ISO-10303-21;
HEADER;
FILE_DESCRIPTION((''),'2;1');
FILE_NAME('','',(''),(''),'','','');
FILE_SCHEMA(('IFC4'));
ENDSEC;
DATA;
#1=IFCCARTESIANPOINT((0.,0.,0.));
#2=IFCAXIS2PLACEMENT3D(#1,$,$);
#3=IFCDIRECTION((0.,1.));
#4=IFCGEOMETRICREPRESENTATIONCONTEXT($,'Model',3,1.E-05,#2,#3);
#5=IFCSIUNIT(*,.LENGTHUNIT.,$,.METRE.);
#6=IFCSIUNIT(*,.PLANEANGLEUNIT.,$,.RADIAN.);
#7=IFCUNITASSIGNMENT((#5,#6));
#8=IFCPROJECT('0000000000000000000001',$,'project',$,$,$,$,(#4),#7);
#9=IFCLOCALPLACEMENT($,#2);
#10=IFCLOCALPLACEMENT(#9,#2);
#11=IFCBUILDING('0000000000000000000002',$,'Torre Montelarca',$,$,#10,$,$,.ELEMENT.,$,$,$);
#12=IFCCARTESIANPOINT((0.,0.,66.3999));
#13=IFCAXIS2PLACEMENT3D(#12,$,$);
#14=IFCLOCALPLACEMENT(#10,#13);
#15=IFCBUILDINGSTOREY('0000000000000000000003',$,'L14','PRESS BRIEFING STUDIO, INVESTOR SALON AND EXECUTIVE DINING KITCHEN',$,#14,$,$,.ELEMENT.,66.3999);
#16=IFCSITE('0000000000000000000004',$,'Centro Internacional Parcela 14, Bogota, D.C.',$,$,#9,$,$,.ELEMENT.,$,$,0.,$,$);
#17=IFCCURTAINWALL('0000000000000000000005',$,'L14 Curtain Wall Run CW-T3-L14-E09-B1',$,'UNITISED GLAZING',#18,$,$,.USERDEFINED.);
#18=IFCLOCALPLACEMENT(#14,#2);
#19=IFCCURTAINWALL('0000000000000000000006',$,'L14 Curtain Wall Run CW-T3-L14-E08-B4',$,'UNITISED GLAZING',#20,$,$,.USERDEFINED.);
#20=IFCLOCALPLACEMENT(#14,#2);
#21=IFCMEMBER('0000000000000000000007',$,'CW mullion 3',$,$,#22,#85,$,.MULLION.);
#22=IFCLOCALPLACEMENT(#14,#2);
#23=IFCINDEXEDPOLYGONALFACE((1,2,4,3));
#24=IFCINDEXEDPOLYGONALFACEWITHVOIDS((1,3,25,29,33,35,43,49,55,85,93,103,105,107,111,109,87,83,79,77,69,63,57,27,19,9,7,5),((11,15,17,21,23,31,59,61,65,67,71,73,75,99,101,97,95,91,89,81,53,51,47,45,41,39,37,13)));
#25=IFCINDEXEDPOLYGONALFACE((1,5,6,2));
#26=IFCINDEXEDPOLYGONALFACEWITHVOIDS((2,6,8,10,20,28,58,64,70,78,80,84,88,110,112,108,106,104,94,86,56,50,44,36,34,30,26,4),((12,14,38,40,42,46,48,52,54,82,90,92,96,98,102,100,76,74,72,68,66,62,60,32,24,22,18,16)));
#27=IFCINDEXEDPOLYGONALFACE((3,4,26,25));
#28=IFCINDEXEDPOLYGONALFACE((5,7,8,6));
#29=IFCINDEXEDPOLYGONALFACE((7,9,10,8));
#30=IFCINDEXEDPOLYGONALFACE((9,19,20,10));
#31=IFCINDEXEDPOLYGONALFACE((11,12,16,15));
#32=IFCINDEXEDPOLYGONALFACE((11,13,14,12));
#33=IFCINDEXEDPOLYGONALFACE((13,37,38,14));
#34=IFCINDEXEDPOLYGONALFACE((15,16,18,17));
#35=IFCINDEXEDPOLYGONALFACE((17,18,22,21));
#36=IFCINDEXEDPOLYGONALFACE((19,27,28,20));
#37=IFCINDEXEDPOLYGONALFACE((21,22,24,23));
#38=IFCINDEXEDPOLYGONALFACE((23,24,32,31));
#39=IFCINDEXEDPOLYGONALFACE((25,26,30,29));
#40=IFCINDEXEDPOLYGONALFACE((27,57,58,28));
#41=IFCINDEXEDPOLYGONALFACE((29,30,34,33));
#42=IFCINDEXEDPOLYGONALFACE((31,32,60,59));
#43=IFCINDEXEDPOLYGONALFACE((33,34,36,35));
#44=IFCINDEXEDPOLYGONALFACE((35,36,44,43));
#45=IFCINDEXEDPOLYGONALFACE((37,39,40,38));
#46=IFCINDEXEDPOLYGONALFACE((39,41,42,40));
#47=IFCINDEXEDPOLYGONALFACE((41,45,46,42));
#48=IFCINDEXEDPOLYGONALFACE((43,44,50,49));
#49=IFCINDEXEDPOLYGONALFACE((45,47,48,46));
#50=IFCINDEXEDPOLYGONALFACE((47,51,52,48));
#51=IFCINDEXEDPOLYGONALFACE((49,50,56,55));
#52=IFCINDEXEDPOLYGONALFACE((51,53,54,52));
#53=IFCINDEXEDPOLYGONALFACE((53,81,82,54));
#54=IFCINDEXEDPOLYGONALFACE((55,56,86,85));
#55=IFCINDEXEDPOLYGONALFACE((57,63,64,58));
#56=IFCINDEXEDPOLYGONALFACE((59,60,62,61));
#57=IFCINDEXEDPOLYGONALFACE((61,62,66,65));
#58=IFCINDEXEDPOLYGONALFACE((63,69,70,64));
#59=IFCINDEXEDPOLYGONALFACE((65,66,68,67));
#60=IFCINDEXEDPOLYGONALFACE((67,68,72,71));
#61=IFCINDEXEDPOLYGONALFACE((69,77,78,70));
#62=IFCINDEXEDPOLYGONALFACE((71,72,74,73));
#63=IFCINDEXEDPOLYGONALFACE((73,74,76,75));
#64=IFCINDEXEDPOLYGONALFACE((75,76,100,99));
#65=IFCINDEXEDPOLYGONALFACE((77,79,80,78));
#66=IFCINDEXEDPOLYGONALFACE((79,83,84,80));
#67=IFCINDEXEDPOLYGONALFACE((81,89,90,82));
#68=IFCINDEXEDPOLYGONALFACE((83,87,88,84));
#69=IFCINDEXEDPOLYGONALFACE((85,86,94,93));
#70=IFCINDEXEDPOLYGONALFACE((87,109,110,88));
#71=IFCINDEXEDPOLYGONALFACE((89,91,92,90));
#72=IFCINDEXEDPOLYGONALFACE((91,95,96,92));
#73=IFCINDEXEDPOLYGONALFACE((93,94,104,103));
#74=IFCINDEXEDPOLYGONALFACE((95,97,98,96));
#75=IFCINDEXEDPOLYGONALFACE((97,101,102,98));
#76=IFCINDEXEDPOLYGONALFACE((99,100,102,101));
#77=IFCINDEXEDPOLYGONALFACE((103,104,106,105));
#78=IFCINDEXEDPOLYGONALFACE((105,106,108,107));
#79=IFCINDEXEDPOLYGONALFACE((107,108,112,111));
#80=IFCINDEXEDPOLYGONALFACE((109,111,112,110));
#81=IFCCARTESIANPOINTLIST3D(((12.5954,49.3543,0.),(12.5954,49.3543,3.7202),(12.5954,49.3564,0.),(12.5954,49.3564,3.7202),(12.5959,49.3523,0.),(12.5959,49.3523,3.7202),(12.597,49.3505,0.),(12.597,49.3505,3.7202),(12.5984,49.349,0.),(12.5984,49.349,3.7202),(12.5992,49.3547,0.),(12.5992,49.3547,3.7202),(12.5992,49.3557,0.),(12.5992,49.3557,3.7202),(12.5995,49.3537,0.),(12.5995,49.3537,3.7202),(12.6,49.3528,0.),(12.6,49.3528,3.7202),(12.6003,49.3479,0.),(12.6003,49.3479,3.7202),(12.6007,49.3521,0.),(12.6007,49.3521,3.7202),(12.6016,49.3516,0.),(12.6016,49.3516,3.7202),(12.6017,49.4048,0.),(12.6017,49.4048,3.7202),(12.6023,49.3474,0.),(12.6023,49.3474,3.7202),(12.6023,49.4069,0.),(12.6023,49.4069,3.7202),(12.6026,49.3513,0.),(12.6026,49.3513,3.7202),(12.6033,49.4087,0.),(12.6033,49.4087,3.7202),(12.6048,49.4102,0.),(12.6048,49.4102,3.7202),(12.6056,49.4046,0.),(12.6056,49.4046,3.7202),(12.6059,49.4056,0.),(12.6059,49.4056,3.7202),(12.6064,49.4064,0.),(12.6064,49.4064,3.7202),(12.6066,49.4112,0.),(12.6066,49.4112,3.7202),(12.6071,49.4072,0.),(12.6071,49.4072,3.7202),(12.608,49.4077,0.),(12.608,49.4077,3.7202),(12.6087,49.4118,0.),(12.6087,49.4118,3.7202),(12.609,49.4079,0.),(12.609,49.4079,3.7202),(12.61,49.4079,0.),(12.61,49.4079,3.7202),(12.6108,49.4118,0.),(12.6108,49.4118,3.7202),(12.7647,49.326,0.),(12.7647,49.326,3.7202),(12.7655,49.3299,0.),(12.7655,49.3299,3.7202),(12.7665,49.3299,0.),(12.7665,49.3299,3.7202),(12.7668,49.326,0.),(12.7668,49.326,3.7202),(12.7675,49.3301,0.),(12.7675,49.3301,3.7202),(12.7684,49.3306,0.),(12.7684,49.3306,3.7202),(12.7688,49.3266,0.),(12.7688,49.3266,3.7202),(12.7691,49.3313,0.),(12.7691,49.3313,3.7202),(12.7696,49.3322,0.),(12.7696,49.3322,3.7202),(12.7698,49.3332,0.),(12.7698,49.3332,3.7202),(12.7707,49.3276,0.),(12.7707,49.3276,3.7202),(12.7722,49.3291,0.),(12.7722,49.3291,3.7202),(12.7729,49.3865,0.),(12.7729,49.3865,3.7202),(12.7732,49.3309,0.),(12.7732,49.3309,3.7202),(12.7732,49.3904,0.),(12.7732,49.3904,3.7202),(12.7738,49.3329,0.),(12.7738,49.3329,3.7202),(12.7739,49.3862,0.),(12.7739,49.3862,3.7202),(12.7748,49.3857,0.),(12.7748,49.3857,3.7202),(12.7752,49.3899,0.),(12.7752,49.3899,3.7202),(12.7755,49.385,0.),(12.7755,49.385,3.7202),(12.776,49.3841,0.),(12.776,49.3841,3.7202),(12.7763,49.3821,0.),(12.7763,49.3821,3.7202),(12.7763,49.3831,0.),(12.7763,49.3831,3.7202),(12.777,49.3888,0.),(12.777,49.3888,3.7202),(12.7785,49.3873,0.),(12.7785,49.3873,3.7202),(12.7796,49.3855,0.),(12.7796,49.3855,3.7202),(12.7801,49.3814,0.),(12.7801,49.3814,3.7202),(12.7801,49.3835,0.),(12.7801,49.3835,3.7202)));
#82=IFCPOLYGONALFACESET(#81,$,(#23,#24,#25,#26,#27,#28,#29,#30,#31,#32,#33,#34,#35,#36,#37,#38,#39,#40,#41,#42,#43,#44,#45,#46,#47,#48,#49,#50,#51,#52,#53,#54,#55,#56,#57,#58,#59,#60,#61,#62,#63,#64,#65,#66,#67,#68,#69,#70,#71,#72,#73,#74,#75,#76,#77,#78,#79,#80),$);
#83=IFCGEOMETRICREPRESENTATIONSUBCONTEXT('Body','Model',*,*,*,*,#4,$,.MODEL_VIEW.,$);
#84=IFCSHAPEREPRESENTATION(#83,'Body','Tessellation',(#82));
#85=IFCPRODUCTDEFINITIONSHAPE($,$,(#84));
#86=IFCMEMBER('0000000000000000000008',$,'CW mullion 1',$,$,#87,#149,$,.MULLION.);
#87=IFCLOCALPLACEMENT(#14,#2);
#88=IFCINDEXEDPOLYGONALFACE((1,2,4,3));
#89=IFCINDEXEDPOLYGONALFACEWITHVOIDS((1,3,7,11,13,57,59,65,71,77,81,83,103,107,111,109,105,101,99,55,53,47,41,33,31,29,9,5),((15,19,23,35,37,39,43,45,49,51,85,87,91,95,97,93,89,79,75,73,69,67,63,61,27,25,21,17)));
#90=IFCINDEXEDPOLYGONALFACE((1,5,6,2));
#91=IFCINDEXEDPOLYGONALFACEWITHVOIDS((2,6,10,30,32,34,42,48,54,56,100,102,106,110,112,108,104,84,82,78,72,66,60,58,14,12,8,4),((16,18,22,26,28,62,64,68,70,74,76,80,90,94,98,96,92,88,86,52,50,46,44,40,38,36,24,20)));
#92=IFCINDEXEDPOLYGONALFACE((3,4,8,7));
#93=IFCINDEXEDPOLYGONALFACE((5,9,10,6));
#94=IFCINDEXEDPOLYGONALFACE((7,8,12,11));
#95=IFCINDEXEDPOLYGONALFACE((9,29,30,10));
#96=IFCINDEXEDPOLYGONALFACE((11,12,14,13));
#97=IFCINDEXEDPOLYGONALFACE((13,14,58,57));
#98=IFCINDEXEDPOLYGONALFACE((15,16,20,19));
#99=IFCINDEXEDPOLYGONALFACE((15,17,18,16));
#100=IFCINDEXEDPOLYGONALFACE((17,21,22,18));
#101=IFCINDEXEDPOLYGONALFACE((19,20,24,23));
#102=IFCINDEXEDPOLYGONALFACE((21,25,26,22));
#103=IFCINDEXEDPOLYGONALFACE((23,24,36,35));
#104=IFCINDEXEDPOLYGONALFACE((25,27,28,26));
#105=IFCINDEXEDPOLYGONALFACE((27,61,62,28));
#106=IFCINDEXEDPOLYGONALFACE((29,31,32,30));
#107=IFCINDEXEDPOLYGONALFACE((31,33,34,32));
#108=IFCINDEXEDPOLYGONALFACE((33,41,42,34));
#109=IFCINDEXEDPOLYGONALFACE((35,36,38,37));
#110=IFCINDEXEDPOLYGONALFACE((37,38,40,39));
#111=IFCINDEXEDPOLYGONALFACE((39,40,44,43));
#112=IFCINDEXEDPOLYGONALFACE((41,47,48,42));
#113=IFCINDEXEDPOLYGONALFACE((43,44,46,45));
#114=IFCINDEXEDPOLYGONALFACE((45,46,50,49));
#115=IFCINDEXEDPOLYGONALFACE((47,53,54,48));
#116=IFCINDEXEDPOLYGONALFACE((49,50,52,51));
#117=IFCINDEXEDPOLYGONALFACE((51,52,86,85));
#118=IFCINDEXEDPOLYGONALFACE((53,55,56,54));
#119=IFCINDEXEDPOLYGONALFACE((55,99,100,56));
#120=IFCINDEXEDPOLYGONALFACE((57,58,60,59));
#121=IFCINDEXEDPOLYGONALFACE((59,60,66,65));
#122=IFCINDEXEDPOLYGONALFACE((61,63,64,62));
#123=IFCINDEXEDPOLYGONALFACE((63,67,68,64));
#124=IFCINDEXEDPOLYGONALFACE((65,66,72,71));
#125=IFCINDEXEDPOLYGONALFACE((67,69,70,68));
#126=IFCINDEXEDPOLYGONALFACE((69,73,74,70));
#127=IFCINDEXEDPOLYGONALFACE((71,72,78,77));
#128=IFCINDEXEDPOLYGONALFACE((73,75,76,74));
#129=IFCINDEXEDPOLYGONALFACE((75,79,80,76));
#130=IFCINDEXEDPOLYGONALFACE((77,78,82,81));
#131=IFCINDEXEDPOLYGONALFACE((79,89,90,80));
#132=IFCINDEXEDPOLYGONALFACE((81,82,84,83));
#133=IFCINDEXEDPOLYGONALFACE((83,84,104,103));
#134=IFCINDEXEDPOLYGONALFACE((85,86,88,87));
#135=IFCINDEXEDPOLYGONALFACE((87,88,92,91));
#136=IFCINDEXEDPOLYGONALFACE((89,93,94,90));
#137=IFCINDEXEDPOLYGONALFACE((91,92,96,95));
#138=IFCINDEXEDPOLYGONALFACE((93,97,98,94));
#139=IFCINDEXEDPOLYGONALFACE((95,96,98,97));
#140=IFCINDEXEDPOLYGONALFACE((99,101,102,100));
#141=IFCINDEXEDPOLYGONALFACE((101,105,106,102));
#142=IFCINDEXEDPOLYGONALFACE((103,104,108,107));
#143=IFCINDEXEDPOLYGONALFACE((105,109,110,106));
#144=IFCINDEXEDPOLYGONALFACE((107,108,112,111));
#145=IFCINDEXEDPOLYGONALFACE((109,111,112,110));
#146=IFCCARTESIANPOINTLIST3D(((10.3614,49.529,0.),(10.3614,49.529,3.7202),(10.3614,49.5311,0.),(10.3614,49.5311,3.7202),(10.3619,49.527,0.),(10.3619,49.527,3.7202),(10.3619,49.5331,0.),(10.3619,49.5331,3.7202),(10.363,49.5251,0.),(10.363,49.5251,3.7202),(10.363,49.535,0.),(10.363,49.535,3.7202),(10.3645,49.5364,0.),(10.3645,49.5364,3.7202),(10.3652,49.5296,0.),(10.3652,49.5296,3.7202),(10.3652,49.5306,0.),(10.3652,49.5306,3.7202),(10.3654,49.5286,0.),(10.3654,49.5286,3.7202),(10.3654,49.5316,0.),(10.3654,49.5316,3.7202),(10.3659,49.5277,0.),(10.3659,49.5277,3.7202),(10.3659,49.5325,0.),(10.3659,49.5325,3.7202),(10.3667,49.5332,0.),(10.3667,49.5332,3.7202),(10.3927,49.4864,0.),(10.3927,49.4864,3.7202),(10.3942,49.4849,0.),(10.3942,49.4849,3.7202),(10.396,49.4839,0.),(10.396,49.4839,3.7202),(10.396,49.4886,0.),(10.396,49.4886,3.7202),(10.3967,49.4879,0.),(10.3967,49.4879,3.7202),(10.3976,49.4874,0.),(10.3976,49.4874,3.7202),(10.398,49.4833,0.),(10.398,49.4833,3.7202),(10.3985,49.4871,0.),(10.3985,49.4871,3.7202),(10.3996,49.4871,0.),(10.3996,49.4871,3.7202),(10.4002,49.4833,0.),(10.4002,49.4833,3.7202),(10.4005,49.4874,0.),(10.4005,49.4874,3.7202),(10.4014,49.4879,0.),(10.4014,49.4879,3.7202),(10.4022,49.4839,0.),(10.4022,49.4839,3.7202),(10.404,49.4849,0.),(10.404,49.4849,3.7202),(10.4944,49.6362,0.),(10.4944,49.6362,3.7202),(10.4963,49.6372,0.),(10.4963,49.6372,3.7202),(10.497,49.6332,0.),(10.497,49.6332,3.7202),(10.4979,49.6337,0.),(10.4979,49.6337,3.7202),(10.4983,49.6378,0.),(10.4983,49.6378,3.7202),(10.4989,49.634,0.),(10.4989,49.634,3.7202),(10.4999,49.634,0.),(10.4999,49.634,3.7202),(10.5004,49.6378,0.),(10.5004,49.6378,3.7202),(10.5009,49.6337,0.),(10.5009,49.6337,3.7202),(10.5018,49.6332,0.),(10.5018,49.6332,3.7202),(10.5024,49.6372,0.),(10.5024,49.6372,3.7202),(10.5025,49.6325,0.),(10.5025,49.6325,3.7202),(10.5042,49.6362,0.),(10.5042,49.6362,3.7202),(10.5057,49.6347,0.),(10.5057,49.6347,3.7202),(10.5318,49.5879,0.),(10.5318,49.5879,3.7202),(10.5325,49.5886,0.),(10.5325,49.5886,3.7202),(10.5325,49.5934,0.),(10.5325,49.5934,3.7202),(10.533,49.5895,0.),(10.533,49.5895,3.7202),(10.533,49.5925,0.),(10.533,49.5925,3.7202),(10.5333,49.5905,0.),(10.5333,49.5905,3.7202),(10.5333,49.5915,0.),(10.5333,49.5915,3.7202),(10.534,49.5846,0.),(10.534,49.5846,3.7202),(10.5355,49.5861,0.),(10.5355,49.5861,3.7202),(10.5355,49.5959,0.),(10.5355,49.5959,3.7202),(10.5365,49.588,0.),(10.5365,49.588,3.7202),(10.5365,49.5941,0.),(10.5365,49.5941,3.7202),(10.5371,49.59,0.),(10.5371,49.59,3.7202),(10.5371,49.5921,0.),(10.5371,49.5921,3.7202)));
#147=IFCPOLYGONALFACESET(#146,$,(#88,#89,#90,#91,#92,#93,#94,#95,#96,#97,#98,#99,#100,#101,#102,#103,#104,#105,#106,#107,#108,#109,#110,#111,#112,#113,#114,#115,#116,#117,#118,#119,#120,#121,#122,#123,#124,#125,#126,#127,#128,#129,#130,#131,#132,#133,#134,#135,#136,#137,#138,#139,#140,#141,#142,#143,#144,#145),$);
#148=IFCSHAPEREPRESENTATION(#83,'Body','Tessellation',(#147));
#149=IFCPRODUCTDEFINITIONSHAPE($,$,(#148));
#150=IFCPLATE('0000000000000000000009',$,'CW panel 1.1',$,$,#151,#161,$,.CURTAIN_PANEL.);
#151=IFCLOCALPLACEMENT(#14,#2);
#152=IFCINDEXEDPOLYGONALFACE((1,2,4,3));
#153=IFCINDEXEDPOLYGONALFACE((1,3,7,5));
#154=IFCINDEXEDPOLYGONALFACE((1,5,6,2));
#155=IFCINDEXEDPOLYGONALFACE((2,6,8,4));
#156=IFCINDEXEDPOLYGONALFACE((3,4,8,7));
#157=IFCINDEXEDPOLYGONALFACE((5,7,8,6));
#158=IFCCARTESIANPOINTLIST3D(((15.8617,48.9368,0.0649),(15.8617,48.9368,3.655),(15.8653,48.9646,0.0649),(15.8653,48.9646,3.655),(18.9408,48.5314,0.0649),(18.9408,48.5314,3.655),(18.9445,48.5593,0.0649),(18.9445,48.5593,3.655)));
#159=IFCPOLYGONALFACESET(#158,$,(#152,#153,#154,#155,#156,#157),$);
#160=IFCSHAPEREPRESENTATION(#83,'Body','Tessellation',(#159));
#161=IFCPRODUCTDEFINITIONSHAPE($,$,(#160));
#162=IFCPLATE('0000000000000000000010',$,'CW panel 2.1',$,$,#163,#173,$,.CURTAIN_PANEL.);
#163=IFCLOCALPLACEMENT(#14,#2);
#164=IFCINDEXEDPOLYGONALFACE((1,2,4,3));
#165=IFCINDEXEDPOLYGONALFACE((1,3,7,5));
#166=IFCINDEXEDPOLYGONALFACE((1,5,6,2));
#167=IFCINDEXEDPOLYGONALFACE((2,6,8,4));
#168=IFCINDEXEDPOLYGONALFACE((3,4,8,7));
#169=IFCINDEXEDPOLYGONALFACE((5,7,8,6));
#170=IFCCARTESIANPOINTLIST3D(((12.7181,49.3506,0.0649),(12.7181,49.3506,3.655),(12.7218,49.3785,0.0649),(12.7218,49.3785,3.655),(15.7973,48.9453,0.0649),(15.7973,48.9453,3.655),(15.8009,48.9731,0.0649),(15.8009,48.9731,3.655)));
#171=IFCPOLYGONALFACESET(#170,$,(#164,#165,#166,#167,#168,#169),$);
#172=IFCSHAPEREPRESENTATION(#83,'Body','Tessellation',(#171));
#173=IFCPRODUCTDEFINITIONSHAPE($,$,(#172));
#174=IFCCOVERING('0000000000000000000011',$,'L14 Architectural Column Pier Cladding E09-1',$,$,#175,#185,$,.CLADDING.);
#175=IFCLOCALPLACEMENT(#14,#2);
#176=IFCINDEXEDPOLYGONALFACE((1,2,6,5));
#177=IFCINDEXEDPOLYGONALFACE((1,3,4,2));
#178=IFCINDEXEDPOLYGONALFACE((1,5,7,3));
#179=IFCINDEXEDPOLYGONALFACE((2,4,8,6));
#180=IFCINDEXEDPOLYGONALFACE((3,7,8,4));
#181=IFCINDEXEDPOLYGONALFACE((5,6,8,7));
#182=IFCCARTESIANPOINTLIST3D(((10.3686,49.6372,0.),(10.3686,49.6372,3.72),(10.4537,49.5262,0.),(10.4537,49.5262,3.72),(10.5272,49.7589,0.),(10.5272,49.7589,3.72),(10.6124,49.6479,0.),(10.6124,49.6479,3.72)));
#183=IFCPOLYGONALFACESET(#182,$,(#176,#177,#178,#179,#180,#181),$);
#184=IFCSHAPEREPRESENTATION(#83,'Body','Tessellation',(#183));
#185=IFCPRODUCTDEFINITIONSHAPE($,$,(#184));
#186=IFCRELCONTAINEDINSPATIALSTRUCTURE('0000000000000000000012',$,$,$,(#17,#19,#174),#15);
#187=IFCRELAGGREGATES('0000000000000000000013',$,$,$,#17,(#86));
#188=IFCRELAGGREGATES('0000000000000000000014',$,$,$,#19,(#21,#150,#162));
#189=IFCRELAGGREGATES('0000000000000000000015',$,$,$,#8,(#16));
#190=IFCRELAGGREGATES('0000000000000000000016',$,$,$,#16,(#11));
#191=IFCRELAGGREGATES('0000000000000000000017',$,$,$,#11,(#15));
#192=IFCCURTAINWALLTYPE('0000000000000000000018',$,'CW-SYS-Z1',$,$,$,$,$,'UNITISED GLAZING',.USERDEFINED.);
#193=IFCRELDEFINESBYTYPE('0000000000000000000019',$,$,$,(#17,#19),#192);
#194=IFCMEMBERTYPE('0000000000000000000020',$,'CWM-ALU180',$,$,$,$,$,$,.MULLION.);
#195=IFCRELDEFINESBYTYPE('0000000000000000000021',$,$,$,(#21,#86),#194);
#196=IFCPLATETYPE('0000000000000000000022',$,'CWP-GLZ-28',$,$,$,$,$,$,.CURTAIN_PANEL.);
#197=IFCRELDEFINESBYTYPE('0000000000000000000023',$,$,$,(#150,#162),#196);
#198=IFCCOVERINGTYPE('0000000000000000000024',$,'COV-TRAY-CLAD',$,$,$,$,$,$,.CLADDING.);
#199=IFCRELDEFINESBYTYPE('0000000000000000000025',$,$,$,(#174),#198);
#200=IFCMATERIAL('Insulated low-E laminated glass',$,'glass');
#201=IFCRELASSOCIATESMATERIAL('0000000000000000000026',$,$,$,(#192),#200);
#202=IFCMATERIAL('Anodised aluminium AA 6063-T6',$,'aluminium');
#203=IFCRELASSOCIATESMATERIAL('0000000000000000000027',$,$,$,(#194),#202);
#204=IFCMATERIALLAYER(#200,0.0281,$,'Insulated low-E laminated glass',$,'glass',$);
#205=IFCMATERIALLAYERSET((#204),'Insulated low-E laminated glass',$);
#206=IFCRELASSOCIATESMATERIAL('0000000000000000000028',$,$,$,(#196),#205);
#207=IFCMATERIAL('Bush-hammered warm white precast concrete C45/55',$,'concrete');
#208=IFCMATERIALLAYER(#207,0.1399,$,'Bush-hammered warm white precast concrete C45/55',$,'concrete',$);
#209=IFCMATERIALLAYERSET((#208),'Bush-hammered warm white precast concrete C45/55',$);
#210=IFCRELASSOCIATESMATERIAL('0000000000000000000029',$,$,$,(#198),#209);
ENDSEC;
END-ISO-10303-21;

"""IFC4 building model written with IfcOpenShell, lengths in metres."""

from ifc_helpers import new_model, si_unit, direction, frame, origin, origin_2d, place, context, subcontext, project, spatial, rectangle, hollow_rectangle, extrude, source, transform, mapped, material, layer, layer_set, material_profile, profile_set, type_object, element, aggregate, save


model = new_model("IFC4")

# Units and contexts
model_context = context("Model", 3, precision=1e-05, world=origin(), true_north=direction((0.0, 1.0)))
body_context = subcontext(model_context, "Body", "Model", "MODEL_VIEW")
ifc_project = project(units=[si_unit("LENGTHUNIT", "METRE"), si_unit("PLANEANGLEUNIT", "RADIAN")], contexts=[model_context])

# Site, building, storey
site_placement = place(None, origin())
site = spatial("IfcSite", under=ifc_project, at=site_placement, Name="Centro Internacional Parcela 14, Bogota, D.C.", CompositionType="ELEMENT", RefElevation=0.0)
building_placement = place(site_placement, origin())
building = spatial("IfcBuilding", under=site, at=building_placement, Name="Torre Montelarca", CompositionType="ELEMENT")
storey_placement = place(building_placement, frame((0.0, 0.0, 66.3999)))
storey = spatial("IfcBuildingStorey", under=building, at=storey_placement, Name="L14", Description="PRESS BRIEFING STUDIO, INVESTOR SALON AND EXECUTIVE DINING KITCHEN", CompositionType="ELEMENT", Elevation=66.3999)

# Curtain walls, member
ifc_material_1 = material(Name="Insulated low-E laminated glass", Category="glass")
curtain_wall_type = type_object("IfcCurtainWallType", Name="CW-SYS-Z1", ElementType="UNITISED GLAZING", PredefinedType="USERDEFINED", material=ifc_material_1)
curtain_wall_1_placement = place(storey_placement, origin())
curtain_wall_1 = element("IfcCurtainWall", 1, at=curtain_wall_1_placement, inside=storey, type_object=curtain_wall_type, Name="L14 Curtain Wall Run CW-T3-L14-E09-B1", ObjectType="UNITISED GLAZING", PredefinedType="USERDEFINED")
ifc_material_2 = material(Name="Anodised aluminium AA 6063-T6", Category="aluminium")
curtain_wall_2_placement = place(storey_placement, origin())
curtain_wall_2 = element("IfcCurtainWall", 2, at=curtain_wall_2_placement, inside=storey, type_object=curtain_wall_type, Name="L14 Curtain Wall Run CW-T3-L14-E08-B4", ObjectType="UNITISED GLAZING", PredefinedType="USERDEFINED")
ifc_material_profile_1 = material_profile(ifc_material_2, hollow_rectangle(XDim=0.0649, YDim=0.1799, WallThickness=0.0039, InnerFilletRadius=0.0039, OuterFilletRadius=0.0081, at=origin_2d()), Name="ALU65X180X4", Category="aluminium")
ifc_profile_set_1 = profile_set([ifc_material_profile_1], Name="Anodised aluminium AA 6063-T6")
member_type_1 = type_object("IfcMemberType", Name="CWM-ALU180", PredefinedType="MULLION", material=ifc_profile_set_1)
shared_shape_1 = source(origin(), body_context, "Body", "SweptSolid", [
    extrude(hollow_rectangle(XDim=0.0649, YDim=0.1799, WallThickness=0.0039, InnerFilletRadius=0.0039, OuterFilletRadius=0.0081, at=origin_2d()), origin(), (0.0, 0.0, 1.0), 3.7202),
])
member_1_placement = place(storey_placement, frame((12.6877, 49.3689, 0.0), z_axis=(0.0, 0.0, 1.0), x_axis=(-0.130524, -0.991445, 0.0)))
member_1 = element("IfcMember", 3, at=member_1_placement, type_object=member_type_1, Name="CW mullion 3", PredefinedType="MULLION", context=body_context, shape_type="MappedRepresentation", body=[
    mapped(shared_shape_1, transform((0.0, 0.0, 0.0), scale=1.0)),
])

# Member
member_2_placement = place(storey_placement, frame((10.4492, 49.5605, 0.0), z_axis=(0.0, 0.0, 1.0), x_axis=(0.608764, -0.793351, 0.0)))
member_2 = element("IfcMember", 4, at=member_2_placement, type_object=member_type_1, Name="CW mullion 1", PredefinedType="MULLION", context=body_context, shape_type="MappedRepresentation", body=[
    mapped(shared_shape_1, transform((0.0, 0.0, 0.0), scale=1.0)),
])
aggregate(curtain_wall_1, [member_2])

# Plates
ifc_layer_1 = layer(ifc_material_1, 0.0281, Name="Insulated low-E laminated glass", Category="glass")
ifc_layer_set_1 = layer_set([ifc_layer_1], Name="Insulated low-E laminated glass")
plate_type = type_object("IfcPlateType", Name="CWP-GLZ-28", PredefinedType="CURTAIN_PANEL", material=ifc_layer_set_1)
shared_shape_2 = source(origin(), body_context, "Body", "SweptSolid", [
    extrude(rectangle(XDim=3.1057, YDim=0.0281, at=origin_2d()), origin(), (0.0, 0.0, 1.0), 3.5901),
])
plate_1_placement = place(storey_placement, frame((17.4031, 48.748, 0.0649), z_axis=(0.0, 0.0, 1.0), x_axis=(-0.991445, 0.130524, 0.0)))
plate_1 = element("IfcPlate", 5, at=plate_1_placement, type_object=plate_type, Name="CW panel 1.1", PredefinedType="CURTAIN_PANEL", context=body_context, shape_type="MappedRepresentation", body=[
    mapped(shared_shape_2, transform((0.0, 0.0, 0.0), scale=1.0)),
])
plate_2_placement = place(storey_placement, frame((14.2595, 49.1619, 0.0649), z_axis=(0.0, 0.0, 1.0), x_axis=(-0.991445, 0.130524, 0.0)))
plate_2 = element("IfcPlate", 6, at=plate_2_placement, type_object=plate_type, Name="CW panel 2.1", PredefinedType="CURTAIN_PANEL", context=body_context, shape_type="MappedRepresentation", body=[
    mapped(shared_shape_2, transform((0.0, 0.0, 0.0), scale=1.0)),
])
aggregate(curtain_wall_2, [member_1, plate_1, plate_2])

# Covering
ifc_material_3 = material(Name="Bush-hammered warm white precast concrete C45/55", Category="concrete")
ifc_layer_2 = layer(ifc_material_3, 0.1399, Name="Bush-hammered warm white precast concrete C45/55", Category="concrete")
ifc_layer_set_2 = layer_set([ifc_layer_2], Name="Bush-hammered warm white precast concrete C45/55")
covering_type = type_object("IfcCoveringType", Name="COV-TRAY-CLAD", PredefinedType="CLADDING", material=ifc_layer_set_2)
shared_shape_3 = source(origin(), body_context, "Body", "SweptSolid", [
    extrude(rectangle(XDim=0.2, YDim=0.1399, at=origin_2d()), origin(), (0.0, 0.0, 1.0), 3.72),
])
covering_1_placement = place(storey_placement, frame((10.4905, 49.6426, 0.0), z_axis=(0.0, 0.0, 1.0), x_axis=(-0.793344, -0.608774, 0.0)))
element("IfcCovering", 7, at=covering_1_placement, inside=storey, type_object=covering_type, Name="L14 Architectural Column Pier Cladding E09-1", PredefinedType="CLADDING", context=body_context, shape_type="MappedRepresentation", body=[
    mapped(shared_shape_3, transform((0.0, 0.0, 0.0), scale=1.0)),
])

save(model, "model.ifc")
